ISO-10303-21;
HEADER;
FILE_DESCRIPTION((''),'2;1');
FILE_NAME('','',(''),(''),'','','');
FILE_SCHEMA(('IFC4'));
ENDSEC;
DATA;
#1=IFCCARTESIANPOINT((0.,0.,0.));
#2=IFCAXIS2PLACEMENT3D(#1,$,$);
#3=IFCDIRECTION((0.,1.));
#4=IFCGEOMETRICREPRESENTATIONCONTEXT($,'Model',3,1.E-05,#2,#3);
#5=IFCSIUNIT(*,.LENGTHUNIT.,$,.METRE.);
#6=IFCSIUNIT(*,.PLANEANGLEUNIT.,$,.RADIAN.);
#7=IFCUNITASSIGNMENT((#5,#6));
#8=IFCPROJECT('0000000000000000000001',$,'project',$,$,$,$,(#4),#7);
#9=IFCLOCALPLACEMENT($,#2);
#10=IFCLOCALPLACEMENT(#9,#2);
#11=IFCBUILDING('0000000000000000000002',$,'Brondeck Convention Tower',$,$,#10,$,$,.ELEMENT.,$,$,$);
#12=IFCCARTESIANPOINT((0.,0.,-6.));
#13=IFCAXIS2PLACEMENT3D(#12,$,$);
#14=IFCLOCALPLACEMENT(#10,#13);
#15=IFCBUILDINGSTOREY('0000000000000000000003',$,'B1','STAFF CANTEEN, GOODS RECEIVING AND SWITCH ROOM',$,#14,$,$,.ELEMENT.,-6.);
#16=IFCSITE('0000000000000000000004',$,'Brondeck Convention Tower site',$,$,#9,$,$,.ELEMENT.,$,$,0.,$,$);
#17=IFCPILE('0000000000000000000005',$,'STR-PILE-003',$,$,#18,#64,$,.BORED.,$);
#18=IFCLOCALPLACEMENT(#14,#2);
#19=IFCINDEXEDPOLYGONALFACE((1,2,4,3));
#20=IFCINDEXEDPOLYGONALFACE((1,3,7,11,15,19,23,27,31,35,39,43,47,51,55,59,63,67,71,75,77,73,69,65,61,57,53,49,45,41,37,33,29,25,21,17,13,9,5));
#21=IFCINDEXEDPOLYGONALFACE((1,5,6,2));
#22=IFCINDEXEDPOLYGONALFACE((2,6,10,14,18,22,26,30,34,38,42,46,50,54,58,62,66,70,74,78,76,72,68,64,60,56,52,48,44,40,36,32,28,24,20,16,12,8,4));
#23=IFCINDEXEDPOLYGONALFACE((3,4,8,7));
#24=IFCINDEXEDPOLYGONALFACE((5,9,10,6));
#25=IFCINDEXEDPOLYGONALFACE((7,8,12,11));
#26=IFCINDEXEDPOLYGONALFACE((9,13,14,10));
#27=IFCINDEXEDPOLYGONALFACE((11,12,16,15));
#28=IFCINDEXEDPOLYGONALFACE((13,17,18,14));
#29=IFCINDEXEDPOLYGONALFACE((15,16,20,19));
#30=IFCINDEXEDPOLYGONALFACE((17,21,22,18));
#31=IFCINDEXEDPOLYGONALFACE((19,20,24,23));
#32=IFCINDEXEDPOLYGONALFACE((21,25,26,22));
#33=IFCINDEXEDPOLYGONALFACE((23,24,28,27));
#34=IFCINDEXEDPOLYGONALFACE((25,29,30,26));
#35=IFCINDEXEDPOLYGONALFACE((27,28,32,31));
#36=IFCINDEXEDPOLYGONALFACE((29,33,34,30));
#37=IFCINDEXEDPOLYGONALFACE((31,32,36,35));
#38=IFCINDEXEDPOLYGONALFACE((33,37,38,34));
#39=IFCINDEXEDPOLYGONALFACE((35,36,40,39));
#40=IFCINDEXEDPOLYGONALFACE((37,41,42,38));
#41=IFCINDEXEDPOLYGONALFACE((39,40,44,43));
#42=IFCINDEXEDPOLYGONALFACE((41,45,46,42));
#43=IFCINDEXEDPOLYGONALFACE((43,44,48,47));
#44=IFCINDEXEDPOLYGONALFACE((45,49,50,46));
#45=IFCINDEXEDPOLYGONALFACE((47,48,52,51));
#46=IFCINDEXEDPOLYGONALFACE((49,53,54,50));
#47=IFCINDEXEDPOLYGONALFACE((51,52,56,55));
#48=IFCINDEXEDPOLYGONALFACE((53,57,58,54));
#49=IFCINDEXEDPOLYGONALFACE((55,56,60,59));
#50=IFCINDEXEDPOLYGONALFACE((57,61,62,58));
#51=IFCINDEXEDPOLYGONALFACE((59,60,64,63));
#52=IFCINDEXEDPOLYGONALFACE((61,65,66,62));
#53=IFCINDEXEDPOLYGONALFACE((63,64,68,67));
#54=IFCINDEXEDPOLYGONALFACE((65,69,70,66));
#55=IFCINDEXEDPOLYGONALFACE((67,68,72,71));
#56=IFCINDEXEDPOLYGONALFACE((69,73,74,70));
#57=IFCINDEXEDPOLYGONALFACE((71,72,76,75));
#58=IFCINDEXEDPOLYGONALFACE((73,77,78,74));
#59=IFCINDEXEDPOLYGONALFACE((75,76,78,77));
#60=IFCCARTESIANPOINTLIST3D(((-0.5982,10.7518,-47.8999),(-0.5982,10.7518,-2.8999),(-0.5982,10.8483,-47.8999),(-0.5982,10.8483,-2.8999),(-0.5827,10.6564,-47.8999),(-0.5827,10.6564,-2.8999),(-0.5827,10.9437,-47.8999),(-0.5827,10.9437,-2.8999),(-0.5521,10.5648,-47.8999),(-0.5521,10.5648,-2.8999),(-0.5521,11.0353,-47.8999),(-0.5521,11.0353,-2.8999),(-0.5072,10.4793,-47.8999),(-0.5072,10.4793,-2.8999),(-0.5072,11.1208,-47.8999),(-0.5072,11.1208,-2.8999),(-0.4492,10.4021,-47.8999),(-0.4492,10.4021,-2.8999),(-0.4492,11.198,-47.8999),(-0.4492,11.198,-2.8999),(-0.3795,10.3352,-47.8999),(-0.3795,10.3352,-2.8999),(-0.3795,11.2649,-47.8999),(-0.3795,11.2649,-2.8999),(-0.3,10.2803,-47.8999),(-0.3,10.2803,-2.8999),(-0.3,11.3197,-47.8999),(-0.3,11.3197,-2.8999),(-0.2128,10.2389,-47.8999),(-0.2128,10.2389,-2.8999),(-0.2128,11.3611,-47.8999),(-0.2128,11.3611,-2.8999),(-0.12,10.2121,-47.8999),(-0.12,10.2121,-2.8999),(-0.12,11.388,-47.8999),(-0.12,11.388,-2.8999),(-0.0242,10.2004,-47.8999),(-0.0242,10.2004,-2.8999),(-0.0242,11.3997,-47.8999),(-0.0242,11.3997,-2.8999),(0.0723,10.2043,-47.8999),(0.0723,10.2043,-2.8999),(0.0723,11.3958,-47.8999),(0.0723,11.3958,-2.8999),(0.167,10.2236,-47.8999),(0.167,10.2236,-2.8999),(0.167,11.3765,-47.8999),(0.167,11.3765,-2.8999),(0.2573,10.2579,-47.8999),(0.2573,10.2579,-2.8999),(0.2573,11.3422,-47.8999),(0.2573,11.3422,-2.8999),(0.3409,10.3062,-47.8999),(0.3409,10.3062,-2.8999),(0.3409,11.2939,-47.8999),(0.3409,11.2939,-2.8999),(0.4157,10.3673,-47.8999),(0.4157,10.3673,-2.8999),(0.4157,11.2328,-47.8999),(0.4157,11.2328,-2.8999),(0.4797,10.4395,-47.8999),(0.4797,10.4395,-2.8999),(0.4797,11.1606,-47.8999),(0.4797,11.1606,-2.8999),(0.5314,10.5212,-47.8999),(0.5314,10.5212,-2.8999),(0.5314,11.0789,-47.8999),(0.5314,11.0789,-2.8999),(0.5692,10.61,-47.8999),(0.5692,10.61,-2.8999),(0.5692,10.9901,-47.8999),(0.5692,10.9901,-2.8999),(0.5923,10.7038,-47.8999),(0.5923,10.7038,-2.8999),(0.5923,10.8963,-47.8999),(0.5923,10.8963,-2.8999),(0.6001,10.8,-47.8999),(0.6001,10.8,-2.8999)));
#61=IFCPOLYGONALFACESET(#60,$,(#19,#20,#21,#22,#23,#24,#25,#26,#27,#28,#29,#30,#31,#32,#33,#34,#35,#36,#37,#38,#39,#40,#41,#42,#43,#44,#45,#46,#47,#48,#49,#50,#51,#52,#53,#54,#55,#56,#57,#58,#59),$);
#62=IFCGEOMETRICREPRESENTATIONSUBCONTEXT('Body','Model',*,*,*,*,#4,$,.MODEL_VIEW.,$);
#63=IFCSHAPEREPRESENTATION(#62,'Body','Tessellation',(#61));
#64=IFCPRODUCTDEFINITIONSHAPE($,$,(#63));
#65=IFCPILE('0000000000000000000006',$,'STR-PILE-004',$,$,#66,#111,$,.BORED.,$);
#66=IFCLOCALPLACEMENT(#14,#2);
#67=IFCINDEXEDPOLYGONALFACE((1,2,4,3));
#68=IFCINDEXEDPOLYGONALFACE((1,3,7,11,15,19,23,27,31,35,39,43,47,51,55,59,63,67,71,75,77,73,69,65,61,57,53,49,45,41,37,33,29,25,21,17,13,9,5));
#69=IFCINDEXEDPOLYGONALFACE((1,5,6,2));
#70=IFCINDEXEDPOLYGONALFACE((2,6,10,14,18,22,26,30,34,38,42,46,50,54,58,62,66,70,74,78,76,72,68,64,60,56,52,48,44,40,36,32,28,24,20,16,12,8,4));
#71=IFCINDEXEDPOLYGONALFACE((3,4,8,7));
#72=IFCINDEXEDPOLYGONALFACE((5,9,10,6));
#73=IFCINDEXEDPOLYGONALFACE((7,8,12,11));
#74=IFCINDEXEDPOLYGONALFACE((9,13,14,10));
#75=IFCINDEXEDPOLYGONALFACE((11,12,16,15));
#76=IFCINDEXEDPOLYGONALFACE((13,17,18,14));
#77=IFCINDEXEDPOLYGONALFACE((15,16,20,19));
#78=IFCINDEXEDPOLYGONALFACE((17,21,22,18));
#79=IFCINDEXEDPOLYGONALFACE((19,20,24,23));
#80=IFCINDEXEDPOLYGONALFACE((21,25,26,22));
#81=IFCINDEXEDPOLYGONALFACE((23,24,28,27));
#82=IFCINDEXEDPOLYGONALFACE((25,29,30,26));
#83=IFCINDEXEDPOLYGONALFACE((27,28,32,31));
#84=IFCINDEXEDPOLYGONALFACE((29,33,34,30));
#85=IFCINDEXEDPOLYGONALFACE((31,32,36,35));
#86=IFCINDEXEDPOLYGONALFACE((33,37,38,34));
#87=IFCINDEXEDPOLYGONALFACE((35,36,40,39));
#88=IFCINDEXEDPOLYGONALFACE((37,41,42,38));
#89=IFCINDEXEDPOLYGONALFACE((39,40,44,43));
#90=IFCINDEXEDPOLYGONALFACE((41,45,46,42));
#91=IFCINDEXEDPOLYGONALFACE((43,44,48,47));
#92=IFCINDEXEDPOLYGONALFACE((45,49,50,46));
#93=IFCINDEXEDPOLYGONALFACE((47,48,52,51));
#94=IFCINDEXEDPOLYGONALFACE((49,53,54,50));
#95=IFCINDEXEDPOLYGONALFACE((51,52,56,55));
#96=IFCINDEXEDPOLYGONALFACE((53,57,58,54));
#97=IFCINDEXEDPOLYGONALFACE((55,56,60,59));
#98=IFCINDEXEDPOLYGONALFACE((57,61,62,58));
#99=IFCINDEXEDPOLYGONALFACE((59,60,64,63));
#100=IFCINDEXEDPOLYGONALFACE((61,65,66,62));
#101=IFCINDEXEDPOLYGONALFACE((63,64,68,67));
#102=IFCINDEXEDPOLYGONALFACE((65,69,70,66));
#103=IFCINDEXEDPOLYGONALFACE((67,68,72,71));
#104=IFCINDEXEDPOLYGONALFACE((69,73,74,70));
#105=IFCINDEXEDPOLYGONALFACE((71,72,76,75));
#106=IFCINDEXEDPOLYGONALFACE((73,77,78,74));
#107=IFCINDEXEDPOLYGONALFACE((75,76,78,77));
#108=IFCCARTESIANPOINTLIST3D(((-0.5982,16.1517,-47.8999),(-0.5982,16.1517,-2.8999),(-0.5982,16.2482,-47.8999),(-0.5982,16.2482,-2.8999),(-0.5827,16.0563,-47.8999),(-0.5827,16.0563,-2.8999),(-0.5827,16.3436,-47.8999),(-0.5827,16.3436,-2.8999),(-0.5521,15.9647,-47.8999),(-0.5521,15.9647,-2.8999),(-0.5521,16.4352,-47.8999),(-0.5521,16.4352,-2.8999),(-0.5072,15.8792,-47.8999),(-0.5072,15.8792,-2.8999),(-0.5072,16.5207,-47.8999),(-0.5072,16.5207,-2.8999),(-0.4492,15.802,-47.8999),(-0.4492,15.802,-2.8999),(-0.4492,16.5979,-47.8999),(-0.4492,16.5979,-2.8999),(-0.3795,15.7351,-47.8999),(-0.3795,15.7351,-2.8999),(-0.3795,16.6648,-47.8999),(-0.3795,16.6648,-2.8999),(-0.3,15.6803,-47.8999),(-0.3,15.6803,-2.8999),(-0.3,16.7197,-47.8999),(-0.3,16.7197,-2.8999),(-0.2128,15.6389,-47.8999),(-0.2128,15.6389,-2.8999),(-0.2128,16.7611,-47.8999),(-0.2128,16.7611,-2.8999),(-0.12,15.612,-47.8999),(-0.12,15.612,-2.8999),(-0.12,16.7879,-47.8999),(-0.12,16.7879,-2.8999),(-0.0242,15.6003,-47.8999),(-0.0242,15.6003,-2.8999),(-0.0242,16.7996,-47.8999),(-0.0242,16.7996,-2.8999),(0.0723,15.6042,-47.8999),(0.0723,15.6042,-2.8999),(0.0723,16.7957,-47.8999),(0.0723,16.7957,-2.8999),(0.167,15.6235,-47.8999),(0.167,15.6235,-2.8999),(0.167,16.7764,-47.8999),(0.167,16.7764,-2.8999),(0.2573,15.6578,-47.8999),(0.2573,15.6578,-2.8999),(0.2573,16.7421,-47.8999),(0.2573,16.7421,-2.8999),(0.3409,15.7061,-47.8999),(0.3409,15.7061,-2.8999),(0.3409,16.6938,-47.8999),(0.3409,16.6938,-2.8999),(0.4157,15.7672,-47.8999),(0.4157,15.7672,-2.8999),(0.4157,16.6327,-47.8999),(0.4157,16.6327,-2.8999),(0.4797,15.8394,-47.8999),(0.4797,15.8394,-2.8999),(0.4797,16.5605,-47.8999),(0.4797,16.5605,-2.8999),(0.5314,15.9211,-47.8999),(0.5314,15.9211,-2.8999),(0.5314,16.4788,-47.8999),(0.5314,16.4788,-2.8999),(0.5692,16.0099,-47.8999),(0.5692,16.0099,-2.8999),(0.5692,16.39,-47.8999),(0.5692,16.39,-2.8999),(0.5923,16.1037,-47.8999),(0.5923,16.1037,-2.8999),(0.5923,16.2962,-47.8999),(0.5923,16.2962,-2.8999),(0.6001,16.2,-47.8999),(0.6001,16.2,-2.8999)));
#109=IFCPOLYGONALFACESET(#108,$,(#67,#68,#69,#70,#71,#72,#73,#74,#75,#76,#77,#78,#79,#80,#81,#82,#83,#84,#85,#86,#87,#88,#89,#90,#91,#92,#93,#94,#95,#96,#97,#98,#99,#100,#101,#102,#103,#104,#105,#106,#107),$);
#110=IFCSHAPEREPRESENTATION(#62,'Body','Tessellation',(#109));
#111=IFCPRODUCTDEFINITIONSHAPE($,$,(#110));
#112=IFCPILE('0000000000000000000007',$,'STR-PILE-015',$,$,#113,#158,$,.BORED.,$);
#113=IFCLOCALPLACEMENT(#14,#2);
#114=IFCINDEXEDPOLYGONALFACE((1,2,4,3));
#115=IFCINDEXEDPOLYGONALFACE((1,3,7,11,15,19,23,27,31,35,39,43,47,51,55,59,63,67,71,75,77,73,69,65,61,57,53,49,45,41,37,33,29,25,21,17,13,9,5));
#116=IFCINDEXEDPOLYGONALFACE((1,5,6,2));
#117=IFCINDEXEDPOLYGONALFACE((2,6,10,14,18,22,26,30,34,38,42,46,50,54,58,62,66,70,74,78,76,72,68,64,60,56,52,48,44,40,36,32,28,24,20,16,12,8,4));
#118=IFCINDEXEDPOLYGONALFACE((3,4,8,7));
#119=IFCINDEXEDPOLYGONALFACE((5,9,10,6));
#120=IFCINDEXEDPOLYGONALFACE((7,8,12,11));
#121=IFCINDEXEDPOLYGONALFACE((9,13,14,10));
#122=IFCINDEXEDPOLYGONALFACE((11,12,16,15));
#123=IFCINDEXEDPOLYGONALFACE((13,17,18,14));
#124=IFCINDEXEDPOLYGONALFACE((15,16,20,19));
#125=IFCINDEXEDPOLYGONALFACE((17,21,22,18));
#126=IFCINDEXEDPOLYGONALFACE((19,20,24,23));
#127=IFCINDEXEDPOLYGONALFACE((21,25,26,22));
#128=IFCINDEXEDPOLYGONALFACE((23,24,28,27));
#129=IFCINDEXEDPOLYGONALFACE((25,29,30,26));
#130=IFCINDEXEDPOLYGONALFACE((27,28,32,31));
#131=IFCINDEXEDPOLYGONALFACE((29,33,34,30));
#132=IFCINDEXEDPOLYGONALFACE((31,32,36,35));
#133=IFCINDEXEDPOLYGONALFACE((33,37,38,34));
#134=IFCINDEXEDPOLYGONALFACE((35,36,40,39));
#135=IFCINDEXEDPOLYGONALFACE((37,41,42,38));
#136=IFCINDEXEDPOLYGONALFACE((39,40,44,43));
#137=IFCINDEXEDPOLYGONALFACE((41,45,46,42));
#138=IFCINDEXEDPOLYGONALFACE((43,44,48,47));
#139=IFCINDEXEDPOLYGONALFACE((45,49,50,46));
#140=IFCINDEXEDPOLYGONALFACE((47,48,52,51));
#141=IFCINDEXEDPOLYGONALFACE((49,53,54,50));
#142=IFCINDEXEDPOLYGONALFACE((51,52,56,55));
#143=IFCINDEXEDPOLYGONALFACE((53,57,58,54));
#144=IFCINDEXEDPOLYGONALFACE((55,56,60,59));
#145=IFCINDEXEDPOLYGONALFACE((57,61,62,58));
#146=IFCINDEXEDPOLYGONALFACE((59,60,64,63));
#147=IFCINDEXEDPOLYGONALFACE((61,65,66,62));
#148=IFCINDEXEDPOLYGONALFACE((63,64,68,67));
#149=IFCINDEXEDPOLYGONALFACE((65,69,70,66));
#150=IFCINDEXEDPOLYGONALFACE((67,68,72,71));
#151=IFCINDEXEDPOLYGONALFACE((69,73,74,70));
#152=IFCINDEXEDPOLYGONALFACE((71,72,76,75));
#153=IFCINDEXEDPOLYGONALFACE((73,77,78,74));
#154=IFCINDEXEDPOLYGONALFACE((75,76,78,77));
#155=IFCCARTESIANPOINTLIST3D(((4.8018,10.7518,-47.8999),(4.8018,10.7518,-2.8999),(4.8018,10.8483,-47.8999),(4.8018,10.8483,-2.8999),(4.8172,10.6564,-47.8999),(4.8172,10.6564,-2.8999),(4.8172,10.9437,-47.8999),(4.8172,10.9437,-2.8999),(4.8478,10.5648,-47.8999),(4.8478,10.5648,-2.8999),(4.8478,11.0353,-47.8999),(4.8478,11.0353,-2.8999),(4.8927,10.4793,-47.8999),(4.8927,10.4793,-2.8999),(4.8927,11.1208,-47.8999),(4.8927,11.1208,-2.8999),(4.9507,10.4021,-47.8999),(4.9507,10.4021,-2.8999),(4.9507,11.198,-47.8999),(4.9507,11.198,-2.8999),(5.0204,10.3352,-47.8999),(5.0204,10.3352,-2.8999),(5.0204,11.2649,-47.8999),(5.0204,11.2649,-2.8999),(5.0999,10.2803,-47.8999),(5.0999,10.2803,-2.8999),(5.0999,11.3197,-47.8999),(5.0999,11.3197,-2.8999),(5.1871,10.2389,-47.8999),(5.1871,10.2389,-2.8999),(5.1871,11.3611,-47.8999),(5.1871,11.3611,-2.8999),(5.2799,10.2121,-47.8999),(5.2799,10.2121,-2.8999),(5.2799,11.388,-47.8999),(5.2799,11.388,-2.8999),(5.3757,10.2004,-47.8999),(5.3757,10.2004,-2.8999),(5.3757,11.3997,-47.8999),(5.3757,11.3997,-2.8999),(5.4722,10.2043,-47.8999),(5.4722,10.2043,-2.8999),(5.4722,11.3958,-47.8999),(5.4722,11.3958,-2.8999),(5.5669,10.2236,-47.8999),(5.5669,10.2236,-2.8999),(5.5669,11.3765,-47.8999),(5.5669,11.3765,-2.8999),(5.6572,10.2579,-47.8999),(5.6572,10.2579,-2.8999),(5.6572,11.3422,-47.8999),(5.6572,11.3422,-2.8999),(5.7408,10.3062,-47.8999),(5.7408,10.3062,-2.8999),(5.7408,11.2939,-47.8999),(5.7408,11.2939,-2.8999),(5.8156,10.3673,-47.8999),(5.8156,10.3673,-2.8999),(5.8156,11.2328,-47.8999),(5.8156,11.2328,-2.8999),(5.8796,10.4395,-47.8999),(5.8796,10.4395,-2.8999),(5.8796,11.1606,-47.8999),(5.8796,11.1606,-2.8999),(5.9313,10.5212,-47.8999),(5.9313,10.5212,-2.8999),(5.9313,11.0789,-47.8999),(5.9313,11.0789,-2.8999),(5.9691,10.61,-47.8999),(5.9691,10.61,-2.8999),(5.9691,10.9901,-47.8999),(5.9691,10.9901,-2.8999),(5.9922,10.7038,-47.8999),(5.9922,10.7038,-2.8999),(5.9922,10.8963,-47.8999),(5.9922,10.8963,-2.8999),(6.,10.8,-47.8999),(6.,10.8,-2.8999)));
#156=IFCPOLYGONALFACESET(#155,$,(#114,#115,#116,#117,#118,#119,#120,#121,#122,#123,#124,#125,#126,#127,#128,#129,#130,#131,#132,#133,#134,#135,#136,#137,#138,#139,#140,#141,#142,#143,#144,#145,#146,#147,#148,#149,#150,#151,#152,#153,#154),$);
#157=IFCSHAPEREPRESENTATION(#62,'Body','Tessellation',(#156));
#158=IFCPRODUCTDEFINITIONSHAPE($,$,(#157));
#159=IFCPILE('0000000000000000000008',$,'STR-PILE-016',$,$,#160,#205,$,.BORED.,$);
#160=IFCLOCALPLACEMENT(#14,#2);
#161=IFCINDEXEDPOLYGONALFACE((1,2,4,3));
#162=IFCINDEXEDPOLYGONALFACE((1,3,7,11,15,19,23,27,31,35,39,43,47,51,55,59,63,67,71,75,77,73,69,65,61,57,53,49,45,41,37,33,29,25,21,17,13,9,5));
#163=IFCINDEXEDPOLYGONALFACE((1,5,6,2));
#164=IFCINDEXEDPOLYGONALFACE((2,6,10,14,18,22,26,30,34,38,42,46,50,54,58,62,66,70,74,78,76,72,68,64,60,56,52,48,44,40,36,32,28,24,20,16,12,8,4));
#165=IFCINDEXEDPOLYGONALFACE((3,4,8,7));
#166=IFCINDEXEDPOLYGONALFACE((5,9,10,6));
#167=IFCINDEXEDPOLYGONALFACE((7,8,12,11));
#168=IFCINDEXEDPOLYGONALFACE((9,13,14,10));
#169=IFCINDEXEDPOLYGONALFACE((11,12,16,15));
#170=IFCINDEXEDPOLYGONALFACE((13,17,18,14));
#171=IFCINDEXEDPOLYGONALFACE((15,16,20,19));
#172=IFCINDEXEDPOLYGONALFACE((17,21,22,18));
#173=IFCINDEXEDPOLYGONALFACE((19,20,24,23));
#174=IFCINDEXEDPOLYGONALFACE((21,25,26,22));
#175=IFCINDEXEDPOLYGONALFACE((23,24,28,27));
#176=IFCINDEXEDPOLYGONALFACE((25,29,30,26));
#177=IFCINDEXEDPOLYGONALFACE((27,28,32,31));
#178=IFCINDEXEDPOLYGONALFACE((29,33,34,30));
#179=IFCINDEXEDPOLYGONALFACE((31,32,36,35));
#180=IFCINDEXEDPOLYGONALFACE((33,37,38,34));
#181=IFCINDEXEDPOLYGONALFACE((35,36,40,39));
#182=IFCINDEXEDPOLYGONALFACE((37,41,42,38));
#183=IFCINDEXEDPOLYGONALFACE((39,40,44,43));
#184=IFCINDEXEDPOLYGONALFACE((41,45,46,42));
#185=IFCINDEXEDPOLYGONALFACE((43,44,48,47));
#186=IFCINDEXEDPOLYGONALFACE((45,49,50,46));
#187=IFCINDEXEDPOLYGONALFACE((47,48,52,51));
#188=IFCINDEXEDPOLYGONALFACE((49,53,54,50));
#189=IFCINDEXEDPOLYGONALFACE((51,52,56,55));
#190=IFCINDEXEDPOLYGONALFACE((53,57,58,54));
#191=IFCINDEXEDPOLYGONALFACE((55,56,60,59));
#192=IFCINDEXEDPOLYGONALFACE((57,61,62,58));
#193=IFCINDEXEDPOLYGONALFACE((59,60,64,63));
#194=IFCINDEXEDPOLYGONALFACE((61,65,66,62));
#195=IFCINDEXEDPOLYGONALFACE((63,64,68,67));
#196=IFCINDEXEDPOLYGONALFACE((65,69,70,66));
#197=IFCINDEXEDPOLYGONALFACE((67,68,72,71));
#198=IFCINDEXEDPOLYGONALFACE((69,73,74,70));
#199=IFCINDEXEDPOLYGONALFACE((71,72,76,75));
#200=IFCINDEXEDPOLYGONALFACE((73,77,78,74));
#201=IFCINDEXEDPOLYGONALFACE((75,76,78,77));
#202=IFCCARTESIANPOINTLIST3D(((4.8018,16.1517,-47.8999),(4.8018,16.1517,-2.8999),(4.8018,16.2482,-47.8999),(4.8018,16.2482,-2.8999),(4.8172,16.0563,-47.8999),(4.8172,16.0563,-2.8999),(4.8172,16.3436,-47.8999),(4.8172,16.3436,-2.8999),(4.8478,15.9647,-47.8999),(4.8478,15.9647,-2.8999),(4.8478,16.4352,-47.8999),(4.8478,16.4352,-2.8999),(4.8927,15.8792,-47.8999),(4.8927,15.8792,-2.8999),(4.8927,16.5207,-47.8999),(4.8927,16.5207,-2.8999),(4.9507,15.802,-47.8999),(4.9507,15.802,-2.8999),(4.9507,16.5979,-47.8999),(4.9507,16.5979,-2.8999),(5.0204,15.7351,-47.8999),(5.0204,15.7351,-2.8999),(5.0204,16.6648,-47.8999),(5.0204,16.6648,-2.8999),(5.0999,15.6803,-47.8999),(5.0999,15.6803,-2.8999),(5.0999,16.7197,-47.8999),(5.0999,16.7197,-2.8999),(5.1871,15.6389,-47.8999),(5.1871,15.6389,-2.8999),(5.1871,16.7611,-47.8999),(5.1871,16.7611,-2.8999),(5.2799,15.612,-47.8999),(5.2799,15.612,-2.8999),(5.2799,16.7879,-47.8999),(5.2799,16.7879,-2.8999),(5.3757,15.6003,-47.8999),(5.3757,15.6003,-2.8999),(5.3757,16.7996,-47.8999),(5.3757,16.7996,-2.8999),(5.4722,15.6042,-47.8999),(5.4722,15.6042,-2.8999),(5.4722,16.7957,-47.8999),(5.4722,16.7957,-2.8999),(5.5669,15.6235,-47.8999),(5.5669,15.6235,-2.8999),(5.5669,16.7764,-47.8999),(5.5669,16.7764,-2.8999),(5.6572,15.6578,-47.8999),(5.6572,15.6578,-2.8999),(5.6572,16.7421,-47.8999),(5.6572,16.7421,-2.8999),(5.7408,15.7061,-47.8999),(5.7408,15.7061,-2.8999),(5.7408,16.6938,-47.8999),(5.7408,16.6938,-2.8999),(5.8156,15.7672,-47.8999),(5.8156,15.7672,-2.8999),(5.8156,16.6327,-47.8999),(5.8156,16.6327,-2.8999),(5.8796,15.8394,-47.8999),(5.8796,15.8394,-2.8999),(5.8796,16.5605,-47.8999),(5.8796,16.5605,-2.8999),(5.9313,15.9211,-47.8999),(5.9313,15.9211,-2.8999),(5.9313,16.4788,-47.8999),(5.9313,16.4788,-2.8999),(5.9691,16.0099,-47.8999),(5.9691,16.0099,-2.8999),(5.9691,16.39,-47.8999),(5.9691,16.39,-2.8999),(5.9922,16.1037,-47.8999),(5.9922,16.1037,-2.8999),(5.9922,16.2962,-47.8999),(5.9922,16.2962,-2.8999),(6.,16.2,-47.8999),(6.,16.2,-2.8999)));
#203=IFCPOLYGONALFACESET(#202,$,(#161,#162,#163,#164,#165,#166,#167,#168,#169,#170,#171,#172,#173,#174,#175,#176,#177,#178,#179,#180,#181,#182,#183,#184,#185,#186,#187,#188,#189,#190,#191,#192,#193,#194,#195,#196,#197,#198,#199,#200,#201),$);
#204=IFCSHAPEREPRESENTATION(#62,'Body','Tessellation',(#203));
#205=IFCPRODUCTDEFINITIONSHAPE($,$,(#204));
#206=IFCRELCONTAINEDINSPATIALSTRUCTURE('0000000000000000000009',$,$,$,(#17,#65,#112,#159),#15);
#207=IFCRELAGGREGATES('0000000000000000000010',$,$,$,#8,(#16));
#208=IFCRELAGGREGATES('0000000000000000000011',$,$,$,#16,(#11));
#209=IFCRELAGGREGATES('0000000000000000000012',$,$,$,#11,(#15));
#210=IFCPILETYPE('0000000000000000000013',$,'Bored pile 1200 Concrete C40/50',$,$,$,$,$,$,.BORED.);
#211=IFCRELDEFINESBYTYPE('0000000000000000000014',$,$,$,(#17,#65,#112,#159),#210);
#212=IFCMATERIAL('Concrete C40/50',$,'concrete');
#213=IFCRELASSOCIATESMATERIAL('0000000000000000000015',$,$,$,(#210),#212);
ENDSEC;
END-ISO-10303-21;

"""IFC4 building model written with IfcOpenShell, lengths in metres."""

from ifc_helpers import new_model, si_unit, direction, frame, origin, origin_2d, place, context, subcontext, project, spatial, circle, extrude, material, material_profile, profile_set, type_object, element, save


model = new_model("IFC4")

# Units and contexts
model_context = context("Model", 3, precision=1e-05, world=origin(), true_north=direction((0.0, 1.0)))
body_context = subcontext(model_context, "Body", "Model", "MODEL_VIEW")
ifc_project = project(units=[si_unit("LENGTHUNIT", "METRE"), si_unit("PLANEANGLEUNIT", "RADIAN")], contexts=[model_context])

# Site, building, storey
site_placement = place(None, origin())
site = spatial("IfcSite", under=ifc_project, at=site_placement, Name="Brondeck Convention Tower site", CompositionType="ELEMENT", RefElevation=0.0)
building_placement = place(site_placement, origin())
building = spatial("IfcBuilding", under=site, at=building_placement, Name="Brondeck Convention Tower", CompositionType="ELEMENT")
storey_placement = place(building_placement, frame((0.0, 0.0, -6.0)))
storey = spatial("IfcBuildingStorey", under=building, at=storey_placement, Name="B1", Description="STAFF CANTEEN, GOODS RECEIVING AND SWITCH ROOM", CompositionType="ELEMENT", Elevation=-6.0)

# Piles
ifc_material_1 = material(Name="Concrete C40/50", Category="concrete")
ifc_material_profile_1 = material_profile(ifc_material_1, circle(Radius=0.6001, at=origin_2d()), Name="Bored pile 1200 Concrete C40/50")
ifc_profile_set_1 = profile_set([ifc_material_profile_1], Name="Concrete C40/50")
pile_type = type_object("IfcPileType", Name="Bored pile 1200 Concrete C40/50", PredefinedType="BORED", material=ifc_profile_set_1)
for number, where, z_axis, x_axis, name in (
    (1, (0.0, 10.8, -2.8999), (0.0, 0.0, -1.0), (1.0, 0.0, 0.0), "STR-PILE-003"),
    (2, (0.0, 16.2, -2.8999), (0.0, 0.0, -1.0), (1.0, 0.0, 0.0), "STR-PILE-004"),
    (3, (5.3999, 10.8, -2.8999), (0.0, 0.0, -1.0), (1.0, 0.0, 0.0), "STR-PILE-015"),
    (4, (5.3999, 16.2, -2.8999), (0.0, 0.0, -1.0), (1.0, 0.0, 0.0), "STR-PILE-016"),
):
    element("IfcPile", number, at=place(storey_placement, frame(where, z_axis=z_axis, x_axis=x_axis)), inside=storey, type_object=pile_type, Name=name, PredefinedType="BORED", context=body_context, shape_type="SweptSolid", body=[
        extrude(circle(Radius=0.6001, at=origin_2d()), origin(), (0.0, 0.0, 1.0), 45.0),
    ])

save(model, "model.ifc")
